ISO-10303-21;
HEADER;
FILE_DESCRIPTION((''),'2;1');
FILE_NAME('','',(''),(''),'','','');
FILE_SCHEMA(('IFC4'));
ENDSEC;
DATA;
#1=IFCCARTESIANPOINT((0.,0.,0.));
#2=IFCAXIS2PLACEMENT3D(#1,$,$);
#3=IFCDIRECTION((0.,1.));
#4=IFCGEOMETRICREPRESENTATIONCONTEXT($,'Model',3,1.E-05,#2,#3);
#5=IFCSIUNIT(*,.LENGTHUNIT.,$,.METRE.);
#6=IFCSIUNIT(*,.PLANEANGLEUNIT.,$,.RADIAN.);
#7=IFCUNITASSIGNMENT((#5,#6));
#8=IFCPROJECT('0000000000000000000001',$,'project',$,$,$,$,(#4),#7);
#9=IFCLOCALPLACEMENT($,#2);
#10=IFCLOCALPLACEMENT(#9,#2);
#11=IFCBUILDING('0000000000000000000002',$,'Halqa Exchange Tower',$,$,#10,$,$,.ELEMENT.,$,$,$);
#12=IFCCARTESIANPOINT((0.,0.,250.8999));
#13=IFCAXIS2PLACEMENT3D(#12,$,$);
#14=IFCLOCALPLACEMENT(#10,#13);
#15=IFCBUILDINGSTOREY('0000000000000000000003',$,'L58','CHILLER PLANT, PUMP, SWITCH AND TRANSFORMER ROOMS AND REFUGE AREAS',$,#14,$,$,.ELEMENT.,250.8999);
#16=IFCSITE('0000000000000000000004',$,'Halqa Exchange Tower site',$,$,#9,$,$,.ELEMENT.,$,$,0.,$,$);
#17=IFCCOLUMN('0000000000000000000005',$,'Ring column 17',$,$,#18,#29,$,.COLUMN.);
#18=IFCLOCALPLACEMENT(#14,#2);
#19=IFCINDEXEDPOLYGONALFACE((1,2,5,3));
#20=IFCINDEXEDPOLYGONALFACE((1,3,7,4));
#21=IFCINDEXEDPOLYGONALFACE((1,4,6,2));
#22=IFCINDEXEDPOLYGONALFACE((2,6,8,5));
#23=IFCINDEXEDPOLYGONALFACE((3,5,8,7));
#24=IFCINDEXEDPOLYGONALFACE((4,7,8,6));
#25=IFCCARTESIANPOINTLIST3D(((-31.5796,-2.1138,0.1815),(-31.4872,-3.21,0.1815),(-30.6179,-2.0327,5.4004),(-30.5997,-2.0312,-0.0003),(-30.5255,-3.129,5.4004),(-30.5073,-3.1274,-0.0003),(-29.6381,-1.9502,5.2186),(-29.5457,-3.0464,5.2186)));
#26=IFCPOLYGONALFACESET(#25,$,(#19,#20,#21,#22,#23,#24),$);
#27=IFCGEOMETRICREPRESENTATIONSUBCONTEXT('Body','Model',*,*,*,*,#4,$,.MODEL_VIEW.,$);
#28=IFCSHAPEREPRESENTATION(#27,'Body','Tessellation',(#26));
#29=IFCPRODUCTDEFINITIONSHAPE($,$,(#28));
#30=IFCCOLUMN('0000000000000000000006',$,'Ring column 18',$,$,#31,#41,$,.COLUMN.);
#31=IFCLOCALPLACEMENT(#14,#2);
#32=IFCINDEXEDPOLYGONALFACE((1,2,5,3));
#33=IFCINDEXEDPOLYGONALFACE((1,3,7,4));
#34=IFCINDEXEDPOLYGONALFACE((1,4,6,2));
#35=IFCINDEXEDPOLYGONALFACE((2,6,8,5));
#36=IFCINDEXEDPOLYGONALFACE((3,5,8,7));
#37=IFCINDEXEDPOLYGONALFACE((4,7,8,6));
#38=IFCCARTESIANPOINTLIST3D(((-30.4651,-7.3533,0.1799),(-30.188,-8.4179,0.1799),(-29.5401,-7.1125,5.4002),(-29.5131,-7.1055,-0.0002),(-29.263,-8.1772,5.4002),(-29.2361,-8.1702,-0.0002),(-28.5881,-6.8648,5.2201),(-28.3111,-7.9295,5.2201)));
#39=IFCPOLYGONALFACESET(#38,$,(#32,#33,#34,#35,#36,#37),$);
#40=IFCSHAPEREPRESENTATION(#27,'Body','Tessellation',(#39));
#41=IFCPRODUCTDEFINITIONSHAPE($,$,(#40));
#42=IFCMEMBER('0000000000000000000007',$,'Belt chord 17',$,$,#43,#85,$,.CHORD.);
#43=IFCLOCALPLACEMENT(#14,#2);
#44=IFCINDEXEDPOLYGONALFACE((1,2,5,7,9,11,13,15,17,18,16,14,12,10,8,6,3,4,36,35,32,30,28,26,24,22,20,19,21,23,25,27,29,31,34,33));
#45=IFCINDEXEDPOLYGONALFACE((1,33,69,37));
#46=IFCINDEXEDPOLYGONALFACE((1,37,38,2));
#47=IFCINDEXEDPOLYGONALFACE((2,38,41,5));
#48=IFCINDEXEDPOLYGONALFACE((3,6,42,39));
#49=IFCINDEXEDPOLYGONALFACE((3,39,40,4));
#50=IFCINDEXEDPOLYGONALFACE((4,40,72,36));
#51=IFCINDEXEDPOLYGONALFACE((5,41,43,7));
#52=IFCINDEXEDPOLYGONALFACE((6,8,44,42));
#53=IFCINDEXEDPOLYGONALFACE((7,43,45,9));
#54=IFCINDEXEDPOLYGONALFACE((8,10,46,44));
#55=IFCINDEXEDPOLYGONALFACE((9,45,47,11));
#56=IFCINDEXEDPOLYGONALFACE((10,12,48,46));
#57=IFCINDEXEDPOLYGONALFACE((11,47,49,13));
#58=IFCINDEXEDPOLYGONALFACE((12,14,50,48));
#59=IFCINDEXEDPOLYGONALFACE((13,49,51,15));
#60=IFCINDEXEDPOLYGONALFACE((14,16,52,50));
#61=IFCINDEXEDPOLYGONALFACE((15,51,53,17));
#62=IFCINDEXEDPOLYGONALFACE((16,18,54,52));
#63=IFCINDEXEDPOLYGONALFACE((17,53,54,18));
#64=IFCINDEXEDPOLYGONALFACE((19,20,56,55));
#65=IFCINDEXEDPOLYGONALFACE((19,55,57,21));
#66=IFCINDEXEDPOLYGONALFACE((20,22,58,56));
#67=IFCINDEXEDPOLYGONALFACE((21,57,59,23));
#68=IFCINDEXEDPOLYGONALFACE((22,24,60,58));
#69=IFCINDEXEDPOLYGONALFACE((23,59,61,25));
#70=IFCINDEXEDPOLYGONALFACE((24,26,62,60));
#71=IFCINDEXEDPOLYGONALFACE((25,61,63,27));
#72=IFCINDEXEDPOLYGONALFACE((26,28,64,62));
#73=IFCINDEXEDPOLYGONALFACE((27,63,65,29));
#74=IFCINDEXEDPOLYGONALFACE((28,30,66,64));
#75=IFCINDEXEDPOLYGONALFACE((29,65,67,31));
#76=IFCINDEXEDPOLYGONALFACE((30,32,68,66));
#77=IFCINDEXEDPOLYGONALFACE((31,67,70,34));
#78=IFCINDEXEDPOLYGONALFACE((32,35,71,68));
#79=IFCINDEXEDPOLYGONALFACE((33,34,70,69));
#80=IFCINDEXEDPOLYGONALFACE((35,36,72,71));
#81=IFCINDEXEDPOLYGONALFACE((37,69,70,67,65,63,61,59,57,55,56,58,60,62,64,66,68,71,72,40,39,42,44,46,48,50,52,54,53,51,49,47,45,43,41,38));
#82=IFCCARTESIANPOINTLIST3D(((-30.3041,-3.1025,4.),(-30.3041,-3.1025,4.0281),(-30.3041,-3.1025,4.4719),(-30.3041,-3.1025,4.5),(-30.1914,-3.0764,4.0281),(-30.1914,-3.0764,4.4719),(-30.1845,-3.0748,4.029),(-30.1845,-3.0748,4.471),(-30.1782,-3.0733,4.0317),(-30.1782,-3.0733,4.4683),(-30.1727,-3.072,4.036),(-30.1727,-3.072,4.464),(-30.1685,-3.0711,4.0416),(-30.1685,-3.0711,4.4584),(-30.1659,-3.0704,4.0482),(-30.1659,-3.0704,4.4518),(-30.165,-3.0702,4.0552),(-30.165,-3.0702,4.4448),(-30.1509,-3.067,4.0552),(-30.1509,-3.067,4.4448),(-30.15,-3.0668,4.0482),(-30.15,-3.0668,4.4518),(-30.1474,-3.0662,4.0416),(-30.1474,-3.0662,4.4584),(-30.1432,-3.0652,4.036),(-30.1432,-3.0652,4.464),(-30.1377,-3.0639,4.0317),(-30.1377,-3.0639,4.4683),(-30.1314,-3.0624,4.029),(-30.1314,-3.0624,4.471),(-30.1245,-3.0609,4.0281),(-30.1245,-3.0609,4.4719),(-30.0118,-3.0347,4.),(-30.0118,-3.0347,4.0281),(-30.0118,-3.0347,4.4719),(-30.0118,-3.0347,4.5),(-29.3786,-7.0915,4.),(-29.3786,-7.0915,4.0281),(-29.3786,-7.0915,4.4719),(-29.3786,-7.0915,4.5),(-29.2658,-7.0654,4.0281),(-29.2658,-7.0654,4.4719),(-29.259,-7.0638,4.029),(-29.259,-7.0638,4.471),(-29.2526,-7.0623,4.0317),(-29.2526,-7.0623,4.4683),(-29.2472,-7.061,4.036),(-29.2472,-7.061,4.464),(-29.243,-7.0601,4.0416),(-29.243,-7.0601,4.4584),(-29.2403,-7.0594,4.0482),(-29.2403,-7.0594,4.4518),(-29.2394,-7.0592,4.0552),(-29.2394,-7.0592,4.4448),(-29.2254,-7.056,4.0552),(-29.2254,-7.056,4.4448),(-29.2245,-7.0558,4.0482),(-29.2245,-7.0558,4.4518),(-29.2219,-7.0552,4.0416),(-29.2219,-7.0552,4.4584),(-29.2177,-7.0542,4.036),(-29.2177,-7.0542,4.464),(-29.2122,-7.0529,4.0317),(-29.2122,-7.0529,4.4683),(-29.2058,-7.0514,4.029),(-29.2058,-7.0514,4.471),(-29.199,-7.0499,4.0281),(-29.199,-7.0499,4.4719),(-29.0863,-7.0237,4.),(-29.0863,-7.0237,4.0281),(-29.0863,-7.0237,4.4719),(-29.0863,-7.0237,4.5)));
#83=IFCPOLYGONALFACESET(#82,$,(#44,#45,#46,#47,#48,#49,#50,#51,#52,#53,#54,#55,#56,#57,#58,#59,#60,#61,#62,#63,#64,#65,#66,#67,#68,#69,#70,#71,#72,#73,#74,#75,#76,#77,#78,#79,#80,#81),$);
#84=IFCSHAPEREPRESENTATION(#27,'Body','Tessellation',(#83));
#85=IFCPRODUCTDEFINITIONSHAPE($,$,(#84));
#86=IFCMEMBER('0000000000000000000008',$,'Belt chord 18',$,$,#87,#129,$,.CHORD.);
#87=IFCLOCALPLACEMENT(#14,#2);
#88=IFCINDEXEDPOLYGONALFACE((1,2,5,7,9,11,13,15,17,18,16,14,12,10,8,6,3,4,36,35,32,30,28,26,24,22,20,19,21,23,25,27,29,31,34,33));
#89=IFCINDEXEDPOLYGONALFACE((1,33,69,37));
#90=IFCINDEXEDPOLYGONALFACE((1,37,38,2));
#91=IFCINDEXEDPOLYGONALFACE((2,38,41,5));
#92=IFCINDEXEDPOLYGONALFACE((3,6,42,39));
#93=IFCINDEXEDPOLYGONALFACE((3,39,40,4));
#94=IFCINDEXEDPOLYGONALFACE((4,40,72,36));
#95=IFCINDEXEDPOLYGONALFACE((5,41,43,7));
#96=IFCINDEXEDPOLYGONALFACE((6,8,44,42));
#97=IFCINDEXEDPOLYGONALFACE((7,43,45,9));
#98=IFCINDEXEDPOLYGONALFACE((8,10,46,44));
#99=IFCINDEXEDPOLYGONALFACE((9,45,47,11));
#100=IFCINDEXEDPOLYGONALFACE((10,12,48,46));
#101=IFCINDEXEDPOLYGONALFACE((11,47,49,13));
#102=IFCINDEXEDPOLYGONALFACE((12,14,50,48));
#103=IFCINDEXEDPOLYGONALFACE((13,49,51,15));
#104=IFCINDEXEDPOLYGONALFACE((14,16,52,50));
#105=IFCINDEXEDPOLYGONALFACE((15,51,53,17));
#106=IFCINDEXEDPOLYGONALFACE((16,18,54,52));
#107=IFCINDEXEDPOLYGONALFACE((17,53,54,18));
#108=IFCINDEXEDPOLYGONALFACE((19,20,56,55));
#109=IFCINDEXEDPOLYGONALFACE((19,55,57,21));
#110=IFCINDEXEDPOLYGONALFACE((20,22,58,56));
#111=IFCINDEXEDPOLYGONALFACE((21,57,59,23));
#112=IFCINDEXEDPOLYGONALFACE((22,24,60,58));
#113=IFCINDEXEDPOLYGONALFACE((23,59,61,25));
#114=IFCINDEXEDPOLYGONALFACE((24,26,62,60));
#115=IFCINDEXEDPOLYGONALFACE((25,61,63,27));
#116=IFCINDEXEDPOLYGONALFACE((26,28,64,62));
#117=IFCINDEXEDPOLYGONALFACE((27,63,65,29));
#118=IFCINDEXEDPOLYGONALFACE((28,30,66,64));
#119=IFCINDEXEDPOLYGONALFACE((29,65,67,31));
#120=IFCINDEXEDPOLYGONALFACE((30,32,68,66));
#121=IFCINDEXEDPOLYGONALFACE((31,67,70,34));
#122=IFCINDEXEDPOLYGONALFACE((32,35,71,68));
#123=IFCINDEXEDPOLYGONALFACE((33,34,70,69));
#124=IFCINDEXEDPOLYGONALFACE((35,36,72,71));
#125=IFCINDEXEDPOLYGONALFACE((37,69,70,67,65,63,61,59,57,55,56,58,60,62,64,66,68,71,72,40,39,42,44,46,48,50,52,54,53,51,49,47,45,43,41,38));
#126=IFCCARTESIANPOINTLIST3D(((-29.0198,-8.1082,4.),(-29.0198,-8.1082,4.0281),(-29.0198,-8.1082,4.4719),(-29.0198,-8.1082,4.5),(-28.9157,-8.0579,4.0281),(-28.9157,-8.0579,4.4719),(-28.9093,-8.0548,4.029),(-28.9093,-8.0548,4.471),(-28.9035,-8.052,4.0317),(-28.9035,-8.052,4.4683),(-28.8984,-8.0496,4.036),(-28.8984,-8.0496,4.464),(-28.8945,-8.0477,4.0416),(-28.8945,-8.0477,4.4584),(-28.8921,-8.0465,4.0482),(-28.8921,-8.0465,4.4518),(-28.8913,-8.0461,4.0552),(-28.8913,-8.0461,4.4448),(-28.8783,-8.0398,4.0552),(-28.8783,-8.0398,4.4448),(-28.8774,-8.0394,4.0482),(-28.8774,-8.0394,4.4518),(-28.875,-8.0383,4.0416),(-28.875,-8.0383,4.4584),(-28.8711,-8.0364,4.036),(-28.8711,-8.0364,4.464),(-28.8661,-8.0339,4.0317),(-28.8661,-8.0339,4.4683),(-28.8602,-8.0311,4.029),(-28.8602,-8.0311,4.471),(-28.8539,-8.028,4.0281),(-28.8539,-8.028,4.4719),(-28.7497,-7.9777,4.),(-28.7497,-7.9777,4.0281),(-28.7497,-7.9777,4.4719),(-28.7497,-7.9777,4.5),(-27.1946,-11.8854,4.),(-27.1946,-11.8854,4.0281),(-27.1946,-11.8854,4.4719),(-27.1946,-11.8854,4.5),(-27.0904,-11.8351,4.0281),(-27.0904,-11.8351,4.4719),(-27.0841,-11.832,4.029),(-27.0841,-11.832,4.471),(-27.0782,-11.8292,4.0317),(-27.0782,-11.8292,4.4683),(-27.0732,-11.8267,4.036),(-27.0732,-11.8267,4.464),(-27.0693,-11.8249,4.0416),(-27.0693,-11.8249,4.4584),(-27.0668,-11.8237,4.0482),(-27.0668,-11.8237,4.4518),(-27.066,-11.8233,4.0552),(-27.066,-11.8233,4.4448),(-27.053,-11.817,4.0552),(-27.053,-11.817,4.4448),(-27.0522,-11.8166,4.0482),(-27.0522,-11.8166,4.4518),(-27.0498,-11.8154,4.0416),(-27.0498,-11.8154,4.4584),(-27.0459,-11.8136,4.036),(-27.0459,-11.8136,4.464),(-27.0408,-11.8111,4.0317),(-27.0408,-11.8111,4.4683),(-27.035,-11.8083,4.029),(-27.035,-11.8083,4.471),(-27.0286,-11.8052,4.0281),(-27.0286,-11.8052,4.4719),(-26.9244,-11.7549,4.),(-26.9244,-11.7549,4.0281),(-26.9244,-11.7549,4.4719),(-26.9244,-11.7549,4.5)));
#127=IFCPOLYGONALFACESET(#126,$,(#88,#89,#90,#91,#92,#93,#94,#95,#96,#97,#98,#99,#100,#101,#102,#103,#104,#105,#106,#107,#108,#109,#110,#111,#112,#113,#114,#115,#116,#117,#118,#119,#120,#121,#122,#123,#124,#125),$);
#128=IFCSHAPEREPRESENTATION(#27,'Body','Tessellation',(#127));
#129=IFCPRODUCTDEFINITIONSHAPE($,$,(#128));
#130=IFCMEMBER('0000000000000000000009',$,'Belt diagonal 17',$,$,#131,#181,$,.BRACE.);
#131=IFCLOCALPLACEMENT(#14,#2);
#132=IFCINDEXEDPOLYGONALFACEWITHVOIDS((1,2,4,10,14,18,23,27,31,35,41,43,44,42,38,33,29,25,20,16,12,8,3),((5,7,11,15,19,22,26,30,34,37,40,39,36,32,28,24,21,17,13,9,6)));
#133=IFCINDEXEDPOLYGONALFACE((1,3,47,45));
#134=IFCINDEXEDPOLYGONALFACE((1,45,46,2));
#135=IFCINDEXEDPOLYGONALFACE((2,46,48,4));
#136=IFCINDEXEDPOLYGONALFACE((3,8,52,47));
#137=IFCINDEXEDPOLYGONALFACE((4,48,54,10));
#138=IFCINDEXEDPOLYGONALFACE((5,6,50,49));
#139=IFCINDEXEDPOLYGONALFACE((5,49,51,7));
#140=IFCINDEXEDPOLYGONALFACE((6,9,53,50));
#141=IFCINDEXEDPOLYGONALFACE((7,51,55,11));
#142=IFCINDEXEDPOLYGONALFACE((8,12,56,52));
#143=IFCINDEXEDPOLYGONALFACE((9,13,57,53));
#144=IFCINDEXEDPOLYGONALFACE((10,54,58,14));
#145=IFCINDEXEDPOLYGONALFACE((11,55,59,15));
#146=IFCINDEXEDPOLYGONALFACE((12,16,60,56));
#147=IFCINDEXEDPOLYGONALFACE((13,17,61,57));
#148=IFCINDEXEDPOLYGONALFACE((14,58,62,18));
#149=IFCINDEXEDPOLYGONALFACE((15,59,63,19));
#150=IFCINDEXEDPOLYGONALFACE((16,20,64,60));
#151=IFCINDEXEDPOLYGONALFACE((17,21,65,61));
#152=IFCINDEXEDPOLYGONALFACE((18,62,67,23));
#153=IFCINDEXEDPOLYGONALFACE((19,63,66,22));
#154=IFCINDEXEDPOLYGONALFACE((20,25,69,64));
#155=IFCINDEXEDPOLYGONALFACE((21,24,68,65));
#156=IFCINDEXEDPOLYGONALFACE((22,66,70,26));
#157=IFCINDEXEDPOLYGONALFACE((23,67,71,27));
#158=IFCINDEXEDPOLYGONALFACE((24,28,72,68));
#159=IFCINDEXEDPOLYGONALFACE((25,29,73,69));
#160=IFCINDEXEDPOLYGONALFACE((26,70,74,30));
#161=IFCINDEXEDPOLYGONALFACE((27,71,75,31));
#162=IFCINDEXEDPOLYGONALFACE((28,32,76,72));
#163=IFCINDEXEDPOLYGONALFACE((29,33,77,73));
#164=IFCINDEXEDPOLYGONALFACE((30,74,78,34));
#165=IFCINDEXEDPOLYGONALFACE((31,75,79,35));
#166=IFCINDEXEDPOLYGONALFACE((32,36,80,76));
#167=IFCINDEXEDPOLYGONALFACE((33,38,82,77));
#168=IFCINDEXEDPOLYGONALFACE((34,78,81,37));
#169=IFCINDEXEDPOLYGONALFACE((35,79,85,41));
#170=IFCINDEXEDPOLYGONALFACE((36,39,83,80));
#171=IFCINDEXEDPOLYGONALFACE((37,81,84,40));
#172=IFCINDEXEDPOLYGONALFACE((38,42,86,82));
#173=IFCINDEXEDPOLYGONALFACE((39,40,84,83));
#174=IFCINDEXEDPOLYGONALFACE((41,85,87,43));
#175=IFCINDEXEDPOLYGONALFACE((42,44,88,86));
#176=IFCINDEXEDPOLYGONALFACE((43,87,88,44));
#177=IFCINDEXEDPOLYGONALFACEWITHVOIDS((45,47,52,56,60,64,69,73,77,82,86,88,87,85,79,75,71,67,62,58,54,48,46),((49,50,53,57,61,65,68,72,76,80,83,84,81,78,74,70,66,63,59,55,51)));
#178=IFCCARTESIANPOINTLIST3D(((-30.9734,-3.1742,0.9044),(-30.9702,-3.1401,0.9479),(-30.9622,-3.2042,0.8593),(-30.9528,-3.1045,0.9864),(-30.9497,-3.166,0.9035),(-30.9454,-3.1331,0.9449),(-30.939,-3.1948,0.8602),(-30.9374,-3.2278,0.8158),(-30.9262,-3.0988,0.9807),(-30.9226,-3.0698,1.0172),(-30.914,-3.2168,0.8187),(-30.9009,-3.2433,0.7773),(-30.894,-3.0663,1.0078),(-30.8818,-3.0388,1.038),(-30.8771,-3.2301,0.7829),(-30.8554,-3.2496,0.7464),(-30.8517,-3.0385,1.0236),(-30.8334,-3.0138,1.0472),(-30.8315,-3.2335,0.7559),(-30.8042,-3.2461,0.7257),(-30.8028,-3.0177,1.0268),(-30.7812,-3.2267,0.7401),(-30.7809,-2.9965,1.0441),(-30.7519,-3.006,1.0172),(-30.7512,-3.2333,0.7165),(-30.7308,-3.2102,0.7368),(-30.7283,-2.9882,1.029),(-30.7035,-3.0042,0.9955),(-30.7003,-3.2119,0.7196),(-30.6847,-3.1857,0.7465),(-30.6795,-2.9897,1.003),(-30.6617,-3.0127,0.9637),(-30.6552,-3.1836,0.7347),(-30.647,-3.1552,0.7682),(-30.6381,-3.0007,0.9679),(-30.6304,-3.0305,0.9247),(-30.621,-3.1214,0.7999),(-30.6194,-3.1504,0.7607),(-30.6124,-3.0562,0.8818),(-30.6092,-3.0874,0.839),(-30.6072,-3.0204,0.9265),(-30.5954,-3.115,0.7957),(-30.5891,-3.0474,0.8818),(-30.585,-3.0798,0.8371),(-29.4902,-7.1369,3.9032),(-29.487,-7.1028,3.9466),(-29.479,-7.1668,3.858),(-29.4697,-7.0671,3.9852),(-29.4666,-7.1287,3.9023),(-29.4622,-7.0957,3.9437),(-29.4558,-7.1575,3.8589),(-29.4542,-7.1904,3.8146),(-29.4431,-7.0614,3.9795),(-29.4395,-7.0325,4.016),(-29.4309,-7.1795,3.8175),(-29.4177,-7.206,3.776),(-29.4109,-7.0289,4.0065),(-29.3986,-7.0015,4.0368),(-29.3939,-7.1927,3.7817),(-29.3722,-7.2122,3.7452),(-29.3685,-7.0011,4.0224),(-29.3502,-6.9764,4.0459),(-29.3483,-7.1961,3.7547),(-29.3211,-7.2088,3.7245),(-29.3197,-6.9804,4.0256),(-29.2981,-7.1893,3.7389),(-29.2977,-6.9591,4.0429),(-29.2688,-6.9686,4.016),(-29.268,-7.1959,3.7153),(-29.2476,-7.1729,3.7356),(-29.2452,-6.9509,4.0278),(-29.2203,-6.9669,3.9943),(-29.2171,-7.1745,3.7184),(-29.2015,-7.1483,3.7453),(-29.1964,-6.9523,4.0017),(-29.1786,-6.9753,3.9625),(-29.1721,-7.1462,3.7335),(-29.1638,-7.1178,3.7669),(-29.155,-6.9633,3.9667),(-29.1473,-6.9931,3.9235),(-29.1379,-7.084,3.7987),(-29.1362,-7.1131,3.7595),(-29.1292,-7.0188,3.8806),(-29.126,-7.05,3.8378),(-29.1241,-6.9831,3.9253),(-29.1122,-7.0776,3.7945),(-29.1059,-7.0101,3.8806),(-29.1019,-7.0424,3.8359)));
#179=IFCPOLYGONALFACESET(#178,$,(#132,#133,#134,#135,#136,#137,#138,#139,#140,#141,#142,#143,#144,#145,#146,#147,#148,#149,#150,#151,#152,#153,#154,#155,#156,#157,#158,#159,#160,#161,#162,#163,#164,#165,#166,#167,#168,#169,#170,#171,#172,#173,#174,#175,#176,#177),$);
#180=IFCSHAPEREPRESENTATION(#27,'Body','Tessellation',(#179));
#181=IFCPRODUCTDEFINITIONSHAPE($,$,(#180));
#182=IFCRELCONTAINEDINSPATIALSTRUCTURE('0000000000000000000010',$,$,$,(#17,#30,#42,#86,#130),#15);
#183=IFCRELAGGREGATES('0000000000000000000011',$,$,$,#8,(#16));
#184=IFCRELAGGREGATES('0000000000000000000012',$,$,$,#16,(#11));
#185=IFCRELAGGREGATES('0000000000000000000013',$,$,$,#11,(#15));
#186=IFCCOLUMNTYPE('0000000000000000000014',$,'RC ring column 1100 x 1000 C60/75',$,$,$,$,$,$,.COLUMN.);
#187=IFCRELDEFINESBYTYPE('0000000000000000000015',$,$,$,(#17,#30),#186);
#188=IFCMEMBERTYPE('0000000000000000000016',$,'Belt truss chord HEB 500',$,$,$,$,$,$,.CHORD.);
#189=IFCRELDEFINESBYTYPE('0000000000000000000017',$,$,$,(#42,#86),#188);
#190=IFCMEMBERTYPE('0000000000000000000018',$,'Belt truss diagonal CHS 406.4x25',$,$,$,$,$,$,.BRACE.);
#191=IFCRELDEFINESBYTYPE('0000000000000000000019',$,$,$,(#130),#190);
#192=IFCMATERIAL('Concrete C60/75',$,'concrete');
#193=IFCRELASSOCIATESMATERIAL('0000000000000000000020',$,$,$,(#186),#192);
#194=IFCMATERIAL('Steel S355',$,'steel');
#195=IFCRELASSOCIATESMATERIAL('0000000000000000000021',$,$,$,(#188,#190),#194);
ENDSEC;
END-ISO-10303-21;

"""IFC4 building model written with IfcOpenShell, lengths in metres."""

from ifc_helpers import new_model, si_unit, direction, frame, origin, origin_2d, place, context, subcontext, project, spatial, rectangle, hollow_circle, i_section, extrude, material, material_profile, profile_set, type_object, element, save


model = new_model("IFC4")

# Units and contexts
model_context = context("Model", 3, precision=1e-05, world=origin(), true_north=direction((0.0, 1.0)))
body_context = subcontext(model_context, "Body", "Model", "MODEL_VIEW")
ifc_project = project(units=[si_unit("LENGTHUNIT", "METRE"), si_unit("PLANEANGLEUNIT", "RADIAN")], contexts=[model_context])

# Site, building, storey
site_placement = place(None, origin())
site = spatial("IfcSite", under=ifc_project, at=site_placement, Name="Halqa Exchange Tower site", CompositionType="ELEMENT", RefElevation=0.0)
building_placement = place(site_placement, origin())
building = spatial("IfcBuilding", under=site, at=building_placement, Name="Halqa Exchange Tower", CompositionType="ELEMENT")
storey_placement = place(building_placement, frame((0.0, 0.0, 250.8999)))
storey = spatial("IfcBuildingStorey", under=building, at=storey_placement, Name="L58", Description="CHILLER PLANT, PUMP, SWITCH AND TRANSFORMER ROOMS AND REFUGE AREAS", CompositionType="ELEMENT", Elevation=250.8999)

# Columns
ifc_material_1 = material(Name="Concrete C60/75", Category="concrete")
ifc_material_profile_1 = material_profile(ifc_material_1, rectangle(XDim=1.1001, YDim=1.0, at=origin_2d()), Name="1100 x 1000")
ifc_profile_set_1 = profile_set([ifc_material_profile_1], Name="Concrete C60/75")
column_type = type_object("IfcColumnType", Name="RC ring column 1100 x 1000 C60/75", PredefinedType="COLUMN", material=ifc_profile_set_1)
column_1_placement = place(storey_placement, frame((-31.0435, -2.6206, 0.0906), z_axis=(0.181192, 0.015272, 0.983329), x_axis=(-0.083988, 0.996467, 0.0)))
element("IfcColumn", 1, at=column_1_placement, inside=storey, type_object=column_type, Name="Ring column 17", PredefinedType="COLUMN", context=body_context, shape_type="SweptSolid", body=[
    extrude(rectangle(XDim=1.1001, YDim=1.0, at=origin_2d()), origin(), (0.0, 0.0, 1.0), 5.3074),
])
column_2_placement = place(storey_placement, frame((-29.8506, -7.7617, 0.0898), z_axis=(0.174299, 0.045357, 0.983648), x_axis=(-0.25184, 0.967769, 0.0)))
element("IfcColumn", 2, at=column_2_placement, inside=storey, type_object=column_type, Name="Ring column 18", PredefinedType="COLUMN", context=body_context, shape_type="SweptSolid", body=[
    extrude(rectangle(XDim=1.1001, YDim=1.0, at=origin_2d()), origin(), (0.0, 0.0, 1.0), 5.3071),
])

# Members
ifc_material_2 = material(Name="Steel S355", Category="steel")
ifc_material_profile_2 = material_profile(ifc_material_2, i_section(OverallWidth=0.3, OverallDepth=0.5, WebThickness=0.0144, FlangeThickness=0.0281, FilletRadius=0.0271, at=origin_2d()), Name="HEB 500")
ifc_profile_set_2 = profile_set([ifc_material_profile_2], Name="Steel S355")
member_type_1 = type_object("IfcMemberType", Name="Belt truss chord HEB 500", PredefinedType="CHORD", material=ifc_profile_set_2)
member_1_placement = place(storey_placement, frame((-30.158, -3.0686, 4.25), z_axis=(0.226018, -0.974123, 0.0), x_axis=(0.974123, 0.226018, 0.0)))
element("IfcMember", 3, at=member_1_placement, inside=storey, type_object=member_type_1, Name="Belt chord 17", PredefinedType="CHORD", context=body_context, shape_type="SweptSolid", body=[
    extrude(i_section(OverallWidth=0.3, OverallDepth=0.5, WebThickness=0.0144, FlangeThickness=0.0281, FilletRadius=0.0271, at=origin_2d()), origin(), (0.0, 0.0, 1.0), 4.095),
])
member_2_placement = place(storey_placement, frame((-28.8848, -8.043, 4.25), z_axis=(0.435091, -0.900387, 0.0), x_axis=(0.900387, 0.435091, 0.0)))
element("IfcMember", 4, at=member_2_placement, inside=storey, type_object=member_type_1, Name="Belt chord 18", PredefinedType="CHORD", context=body_context, shape_type="SweptSolid", body=[
    extrude(i_section(OverallWidth=0.3, OverallDepth=0.5, WebThickness=0.0144, FlangeThickness=0.0281, FilletRadius=0.0271, at=origin_2d()), origin(), (0.0, 0.0, 1.0), 4.1951),
])
ifc_material_profile_3 = material_profile(ifc_material_2, hollow_circle(Radius=0.2031, WallThickness=0.0249, at=origin_2d()), Name="CHS 406.4x25")
ifc_profile_set_3 = profile_set([ifc_material_profile_3], Name="Steel S355")
member_type_2 = type_object("IfcMemberType", Name="Belt truss diagonal CHS 406.4x25", PredefinedType="BRACE", material=ifc_profile_set_3)
member_3_placement = place(storey_placement, frame((-30.7793, -3.1187, 0.8818), z_axis=(0.28599, -0.764099, 0.578241), x_axis=(0.93655, 0.350535, 0.0)))
element("IfcMember", 5, at=member_3_placement, inside=storey, type_object=member_type_2, Name="Belt diagonal 17", PredefinedType="BRACE", context=body_context, shape_type="SweptSolid", body=[
    extrude(hollow_circle(Radius=0.2031, WallThickness=0.0249, at=origin_2d()), origin(), (0.0, 0.0, 1.0), 5.186),
])

save(model, "model.ifc")
